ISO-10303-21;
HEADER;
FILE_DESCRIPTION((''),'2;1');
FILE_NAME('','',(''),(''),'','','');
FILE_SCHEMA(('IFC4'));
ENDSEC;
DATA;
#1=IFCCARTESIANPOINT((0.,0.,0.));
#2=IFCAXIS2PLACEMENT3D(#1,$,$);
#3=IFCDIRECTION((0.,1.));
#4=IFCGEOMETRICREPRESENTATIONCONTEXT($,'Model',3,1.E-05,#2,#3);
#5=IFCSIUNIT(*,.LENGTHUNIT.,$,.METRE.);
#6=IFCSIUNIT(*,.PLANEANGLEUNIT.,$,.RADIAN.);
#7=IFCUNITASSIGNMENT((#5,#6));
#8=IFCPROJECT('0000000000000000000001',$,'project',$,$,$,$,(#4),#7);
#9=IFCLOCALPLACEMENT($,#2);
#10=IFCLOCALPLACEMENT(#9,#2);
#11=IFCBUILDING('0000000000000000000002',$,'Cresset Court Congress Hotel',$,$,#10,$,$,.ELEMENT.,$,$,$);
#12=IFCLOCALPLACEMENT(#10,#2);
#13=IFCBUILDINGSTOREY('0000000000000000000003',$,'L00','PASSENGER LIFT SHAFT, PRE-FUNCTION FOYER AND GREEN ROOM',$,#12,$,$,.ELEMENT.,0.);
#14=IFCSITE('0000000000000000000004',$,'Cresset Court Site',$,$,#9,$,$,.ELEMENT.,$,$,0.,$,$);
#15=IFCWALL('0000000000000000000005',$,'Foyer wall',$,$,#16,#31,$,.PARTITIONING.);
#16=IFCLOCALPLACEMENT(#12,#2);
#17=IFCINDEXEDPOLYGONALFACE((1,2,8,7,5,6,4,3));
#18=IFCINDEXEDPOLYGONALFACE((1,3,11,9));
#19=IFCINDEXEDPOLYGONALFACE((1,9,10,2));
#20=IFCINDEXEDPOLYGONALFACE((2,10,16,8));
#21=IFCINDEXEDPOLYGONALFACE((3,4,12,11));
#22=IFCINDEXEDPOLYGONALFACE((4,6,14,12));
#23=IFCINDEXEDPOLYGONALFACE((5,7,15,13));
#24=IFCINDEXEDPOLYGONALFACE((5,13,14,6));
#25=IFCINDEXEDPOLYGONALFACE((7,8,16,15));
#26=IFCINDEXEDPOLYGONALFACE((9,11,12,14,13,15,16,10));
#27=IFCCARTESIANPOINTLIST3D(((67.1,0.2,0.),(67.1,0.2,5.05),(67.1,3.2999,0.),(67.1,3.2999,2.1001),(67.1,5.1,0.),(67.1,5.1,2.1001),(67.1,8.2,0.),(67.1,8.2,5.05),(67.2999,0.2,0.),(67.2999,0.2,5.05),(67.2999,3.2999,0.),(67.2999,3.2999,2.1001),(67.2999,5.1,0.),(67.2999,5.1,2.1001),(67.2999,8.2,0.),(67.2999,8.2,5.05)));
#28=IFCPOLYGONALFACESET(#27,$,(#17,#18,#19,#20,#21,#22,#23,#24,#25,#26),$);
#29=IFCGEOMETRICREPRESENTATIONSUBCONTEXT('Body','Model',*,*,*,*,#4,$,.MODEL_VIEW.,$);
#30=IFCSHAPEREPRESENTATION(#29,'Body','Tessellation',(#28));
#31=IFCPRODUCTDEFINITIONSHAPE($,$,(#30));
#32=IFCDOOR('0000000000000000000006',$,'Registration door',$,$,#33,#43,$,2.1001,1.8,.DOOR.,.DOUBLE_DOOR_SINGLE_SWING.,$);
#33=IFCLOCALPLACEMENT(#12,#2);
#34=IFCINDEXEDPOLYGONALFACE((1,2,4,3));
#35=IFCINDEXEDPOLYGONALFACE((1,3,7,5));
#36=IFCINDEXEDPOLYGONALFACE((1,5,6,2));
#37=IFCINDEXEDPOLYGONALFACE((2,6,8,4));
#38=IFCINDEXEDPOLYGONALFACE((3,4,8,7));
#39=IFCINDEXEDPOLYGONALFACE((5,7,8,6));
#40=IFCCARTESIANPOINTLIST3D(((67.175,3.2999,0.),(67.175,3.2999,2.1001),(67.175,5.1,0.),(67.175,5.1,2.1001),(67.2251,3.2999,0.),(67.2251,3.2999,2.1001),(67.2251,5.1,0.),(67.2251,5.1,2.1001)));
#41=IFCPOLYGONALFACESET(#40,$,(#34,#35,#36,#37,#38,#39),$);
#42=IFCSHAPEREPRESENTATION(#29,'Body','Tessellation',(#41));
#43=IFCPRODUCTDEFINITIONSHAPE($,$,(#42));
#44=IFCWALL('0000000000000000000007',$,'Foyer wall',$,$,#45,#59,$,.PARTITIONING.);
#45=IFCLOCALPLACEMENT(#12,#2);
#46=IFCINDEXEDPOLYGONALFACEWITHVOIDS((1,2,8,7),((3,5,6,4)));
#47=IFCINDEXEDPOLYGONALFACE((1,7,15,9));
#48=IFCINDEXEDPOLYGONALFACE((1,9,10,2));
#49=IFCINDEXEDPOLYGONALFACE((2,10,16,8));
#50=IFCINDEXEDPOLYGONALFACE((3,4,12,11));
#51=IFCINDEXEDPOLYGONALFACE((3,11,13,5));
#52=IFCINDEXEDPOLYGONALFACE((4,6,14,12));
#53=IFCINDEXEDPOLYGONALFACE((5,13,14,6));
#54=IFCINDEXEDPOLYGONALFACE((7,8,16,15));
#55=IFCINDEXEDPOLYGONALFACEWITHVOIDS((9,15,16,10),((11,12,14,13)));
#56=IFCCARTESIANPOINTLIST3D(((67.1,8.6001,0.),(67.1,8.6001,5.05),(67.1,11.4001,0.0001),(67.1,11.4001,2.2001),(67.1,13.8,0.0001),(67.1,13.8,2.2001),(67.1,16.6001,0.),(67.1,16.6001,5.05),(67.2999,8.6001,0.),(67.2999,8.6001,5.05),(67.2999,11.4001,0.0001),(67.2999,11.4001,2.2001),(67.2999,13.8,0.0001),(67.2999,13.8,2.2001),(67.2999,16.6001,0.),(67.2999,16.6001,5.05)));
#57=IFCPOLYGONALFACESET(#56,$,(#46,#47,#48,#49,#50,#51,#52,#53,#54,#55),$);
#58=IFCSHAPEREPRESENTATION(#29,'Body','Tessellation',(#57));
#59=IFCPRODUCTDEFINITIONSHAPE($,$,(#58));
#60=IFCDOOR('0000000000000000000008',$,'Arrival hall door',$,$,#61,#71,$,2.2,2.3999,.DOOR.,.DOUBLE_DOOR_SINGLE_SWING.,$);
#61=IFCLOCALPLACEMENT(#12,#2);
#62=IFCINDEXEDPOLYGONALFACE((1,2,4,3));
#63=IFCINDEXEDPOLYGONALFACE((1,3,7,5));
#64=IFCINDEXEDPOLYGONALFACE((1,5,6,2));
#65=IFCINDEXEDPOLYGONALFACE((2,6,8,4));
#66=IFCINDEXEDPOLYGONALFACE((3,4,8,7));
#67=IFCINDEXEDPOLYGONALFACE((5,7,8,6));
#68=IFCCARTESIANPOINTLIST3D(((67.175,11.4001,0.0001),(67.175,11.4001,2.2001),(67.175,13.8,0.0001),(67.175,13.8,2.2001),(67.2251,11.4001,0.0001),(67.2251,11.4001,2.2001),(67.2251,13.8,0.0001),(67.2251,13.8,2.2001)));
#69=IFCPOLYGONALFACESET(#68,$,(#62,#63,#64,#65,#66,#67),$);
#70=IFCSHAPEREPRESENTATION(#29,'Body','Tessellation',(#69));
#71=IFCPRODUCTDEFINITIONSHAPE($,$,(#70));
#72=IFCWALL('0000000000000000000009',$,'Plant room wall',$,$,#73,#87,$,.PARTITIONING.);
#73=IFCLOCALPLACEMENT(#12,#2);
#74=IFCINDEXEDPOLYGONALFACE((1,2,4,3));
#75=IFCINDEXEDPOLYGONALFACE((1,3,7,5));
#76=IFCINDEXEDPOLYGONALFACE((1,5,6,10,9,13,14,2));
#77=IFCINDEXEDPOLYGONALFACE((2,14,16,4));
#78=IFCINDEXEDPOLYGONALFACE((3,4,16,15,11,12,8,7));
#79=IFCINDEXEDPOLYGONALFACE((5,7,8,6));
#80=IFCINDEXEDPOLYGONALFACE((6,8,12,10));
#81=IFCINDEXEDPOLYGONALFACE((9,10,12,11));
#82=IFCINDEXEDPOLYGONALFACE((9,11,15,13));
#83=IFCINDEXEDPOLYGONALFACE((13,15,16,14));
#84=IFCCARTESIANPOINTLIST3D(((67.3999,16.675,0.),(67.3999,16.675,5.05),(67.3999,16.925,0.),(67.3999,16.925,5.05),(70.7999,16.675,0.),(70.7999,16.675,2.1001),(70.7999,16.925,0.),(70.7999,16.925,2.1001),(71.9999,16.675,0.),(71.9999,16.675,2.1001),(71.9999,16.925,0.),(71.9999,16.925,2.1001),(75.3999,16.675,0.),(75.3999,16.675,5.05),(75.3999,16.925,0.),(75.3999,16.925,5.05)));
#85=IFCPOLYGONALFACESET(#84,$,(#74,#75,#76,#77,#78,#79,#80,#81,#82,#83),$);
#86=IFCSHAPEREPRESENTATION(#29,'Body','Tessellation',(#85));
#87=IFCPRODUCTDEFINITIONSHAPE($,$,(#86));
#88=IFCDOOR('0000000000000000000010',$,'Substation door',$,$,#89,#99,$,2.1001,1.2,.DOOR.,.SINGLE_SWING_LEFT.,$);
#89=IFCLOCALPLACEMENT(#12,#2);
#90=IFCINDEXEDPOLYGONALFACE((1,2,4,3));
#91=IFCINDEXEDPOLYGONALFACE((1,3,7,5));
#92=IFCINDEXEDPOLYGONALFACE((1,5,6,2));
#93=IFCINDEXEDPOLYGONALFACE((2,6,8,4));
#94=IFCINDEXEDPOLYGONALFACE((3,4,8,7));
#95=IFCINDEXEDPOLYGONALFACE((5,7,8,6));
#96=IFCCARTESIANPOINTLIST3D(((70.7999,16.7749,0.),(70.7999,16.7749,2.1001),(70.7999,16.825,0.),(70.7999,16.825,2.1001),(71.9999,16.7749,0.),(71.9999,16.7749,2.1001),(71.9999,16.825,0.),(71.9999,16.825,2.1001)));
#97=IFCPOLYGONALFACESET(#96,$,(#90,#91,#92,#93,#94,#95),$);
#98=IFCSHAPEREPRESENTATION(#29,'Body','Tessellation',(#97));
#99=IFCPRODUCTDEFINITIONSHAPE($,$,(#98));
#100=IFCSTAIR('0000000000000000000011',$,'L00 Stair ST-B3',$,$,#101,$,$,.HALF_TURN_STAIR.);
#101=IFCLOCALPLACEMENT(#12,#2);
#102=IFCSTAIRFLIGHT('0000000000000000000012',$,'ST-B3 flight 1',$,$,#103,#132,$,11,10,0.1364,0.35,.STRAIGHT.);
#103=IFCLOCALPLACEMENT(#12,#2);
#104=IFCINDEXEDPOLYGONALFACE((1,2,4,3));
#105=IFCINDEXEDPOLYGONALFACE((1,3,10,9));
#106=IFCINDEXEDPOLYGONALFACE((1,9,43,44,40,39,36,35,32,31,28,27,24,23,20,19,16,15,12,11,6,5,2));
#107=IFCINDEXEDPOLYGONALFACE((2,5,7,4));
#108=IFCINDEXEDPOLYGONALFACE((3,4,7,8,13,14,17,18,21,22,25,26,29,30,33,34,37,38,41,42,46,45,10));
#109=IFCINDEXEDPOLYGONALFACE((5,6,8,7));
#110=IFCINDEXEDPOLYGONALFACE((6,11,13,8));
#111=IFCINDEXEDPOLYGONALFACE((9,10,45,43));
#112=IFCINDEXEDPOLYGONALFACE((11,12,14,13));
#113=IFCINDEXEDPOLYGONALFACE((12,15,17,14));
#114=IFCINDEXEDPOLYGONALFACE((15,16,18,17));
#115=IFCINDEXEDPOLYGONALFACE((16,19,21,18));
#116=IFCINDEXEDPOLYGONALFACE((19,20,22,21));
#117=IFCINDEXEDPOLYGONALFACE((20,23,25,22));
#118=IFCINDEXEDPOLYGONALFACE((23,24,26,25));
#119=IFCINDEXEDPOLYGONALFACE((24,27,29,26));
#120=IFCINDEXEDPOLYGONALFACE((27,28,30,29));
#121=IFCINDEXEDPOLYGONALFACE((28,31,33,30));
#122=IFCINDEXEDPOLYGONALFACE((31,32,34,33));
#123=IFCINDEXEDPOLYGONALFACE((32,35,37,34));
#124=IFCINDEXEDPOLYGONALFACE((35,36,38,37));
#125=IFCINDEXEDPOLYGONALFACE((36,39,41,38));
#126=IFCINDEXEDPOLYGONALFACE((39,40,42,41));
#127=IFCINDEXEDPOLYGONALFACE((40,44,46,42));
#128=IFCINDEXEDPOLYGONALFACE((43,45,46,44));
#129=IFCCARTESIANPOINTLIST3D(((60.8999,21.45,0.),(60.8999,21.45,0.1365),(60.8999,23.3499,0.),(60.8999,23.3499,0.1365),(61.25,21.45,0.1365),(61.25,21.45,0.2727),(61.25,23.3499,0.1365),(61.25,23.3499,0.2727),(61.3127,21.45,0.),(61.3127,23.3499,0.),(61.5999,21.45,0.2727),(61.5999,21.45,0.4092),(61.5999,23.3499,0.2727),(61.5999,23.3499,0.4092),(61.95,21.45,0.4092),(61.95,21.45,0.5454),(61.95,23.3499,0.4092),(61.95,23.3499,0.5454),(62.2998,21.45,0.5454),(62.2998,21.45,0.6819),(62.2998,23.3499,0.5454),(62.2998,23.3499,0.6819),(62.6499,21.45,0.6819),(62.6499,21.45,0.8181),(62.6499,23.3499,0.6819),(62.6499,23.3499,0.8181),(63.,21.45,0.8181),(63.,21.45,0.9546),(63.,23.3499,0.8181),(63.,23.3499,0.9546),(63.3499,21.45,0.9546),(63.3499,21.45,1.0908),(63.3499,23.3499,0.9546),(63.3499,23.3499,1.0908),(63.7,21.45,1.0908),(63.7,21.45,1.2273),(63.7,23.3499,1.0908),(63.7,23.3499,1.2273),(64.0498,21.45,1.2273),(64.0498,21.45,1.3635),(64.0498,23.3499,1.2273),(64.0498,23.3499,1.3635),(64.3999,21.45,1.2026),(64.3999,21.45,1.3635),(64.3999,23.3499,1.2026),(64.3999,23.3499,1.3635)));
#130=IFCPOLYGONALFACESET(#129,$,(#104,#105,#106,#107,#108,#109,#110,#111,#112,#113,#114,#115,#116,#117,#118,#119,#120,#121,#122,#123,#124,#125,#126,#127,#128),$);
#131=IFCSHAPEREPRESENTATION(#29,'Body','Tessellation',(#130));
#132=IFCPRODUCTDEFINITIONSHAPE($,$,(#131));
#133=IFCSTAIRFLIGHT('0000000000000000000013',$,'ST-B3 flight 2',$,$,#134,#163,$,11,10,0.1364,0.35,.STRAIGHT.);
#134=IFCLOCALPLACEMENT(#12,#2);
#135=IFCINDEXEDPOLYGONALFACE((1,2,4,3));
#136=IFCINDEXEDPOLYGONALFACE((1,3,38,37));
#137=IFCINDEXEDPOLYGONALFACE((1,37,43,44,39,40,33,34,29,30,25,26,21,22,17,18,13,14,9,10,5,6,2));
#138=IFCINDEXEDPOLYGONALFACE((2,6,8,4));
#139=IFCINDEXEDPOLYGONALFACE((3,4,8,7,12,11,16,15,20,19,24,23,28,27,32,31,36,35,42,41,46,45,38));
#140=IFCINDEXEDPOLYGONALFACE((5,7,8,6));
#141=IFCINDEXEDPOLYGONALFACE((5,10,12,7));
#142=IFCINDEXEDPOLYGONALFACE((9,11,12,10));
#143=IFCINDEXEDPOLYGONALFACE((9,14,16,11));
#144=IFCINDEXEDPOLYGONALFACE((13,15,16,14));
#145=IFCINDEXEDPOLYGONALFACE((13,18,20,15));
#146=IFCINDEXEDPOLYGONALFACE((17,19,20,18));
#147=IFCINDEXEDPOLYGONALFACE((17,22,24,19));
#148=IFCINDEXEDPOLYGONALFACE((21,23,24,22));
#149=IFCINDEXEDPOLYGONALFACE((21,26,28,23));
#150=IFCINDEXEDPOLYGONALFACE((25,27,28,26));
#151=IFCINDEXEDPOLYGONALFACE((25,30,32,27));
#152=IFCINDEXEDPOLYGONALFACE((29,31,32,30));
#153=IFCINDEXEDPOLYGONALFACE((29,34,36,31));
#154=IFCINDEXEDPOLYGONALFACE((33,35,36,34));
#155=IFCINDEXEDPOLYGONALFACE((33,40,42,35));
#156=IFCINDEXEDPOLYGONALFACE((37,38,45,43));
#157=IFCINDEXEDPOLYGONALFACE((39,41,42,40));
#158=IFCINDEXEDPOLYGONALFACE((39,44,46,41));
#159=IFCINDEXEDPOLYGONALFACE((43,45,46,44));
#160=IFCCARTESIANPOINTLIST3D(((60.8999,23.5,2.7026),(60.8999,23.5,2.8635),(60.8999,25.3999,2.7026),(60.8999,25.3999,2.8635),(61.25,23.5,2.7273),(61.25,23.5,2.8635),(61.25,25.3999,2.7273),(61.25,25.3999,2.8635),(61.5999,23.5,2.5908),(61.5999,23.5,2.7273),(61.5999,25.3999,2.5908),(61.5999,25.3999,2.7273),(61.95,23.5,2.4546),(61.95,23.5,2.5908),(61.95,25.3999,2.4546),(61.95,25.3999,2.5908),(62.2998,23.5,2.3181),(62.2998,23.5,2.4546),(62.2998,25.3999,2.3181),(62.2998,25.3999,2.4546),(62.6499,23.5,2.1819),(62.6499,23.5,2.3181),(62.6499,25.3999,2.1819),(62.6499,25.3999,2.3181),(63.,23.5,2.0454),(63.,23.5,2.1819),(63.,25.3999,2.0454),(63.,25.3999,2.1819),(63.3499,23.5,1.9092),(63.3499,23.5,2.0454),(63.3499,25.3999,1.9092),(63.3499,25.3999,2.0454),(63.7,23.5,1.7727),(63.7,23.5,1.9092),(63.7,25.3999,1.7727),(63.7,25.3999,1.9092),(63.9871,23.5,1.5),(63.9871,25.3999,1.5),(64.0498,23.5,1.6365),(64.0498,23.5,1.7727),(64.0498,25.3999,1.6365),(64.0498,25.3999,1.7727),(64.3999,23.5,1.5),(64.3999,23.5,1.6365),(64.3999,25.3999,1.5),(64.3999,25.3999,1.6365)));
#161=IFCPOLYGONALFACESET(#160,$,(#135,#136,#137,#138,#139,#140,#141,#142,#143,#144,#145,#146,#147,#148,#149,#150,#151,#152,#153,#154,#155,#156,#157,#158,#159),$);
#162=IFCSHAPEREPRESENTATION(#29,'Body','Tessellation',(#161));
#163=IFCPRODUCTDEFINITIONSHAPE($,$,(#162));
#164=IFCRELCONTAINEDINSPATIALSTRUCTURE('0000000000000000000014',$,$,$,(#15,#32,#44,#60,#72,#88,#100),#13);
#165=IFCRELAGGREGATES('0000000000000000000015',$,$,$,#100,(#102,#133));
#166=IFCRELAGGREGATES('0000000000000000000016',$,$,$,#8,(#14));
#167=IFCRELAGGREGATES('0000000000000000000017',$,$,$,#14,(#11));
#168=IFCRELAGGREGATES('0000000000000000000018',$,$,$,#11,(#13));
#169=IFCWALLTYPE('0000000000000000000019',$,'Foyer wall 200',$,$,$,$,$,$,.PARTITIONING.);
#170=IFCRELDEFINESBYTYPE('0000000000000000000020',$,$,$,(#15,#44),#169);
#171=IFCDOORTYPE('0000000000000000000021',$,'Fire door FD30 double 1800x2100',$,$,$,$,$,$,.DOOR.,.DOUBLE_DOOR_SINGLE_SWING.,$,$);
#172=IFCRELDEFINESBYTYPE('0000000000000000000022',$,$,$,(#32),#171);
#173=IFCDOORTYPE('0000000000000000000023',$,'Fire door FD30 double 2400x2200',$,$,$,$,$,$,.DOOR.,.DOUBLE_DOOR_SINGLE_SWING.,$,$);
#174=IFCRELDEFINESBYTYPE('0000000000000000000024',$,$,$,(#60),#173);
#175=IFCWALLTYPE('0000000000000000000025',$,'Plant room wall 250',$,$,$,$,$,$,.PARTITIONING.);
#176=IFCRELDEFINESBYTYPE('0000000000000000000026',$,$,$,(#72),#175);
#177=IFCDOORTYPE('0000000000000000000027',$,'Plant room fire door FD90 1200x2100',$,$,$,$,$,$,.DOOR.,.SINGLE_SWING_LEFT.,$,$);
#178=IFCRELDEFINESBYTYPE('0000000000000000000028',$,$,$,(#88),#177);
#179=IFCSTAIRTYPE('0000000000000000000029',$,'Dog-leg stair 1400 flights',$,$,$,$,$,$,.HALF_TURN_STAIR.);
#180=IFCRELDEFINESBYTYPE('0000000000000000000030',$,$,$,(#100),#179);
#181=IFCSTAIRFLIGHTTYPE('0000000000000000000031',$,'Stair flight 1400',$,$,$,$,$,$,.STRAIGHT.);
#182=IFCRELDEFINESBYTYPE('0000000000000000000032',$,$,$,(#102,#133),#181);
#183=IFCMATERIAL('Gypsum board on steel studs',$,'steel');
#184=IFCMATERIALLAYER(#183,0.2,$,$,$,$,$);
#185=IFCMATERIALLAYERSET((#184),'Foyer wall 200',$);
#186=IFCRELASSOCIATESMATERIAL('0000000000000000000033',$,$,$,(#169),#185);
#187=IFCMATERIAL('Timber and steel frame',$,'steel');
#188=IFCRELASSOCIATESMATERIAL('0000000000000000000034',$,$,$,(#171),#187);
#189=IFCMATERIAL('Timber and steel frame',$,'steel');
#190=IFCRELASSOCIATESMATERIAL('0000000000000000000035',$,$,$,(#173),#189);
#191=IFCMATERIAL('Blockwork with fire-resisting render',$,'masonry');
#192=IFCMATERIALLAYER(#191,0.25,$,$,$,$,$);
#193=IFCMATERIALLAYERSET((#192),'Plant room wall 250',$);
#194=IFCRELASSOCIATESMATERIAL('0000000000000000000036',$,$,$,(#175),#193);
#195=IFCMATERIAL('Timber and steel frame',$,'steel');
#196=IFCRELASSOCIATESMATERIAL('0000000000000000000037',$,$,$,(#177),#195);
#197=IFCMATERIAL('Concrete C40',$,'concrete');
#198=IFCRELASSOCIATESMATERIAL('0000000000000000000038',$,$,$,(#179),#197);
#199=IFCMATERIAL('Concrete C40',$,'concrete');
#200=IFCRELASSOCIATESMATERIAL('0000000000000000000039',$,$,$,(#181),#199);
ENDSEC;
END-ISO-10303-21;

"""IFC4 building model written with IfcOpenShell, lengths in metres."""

from ifc_helpers import new_model, si_unit, direction, frame, frame_2d, origin, place, context, subcontext, project, spatial, polyline, rectangle, outline, extrude, material, layer, layer_set, type_object, element, fill, aggregate, save


model = new_model("IFC4")

# Units and contexts
model_context = context("Model", 3, precision=1e-05, world=origin(), true_north=direction((0.0, 1.0)))
body_context = subcontext(model_context, "Body", "Model", "MODEL_VIEW")
ifc_project = project(units=[si_unit("LENGTHUNIT", "METRE"), si_unit("PLANEANGLEUNIT", "RADIAN")], contexts=[model_context])

# Site, building, storey
site_placement = place(None, origin())
site = spatial("IfcSite", under=ifc_project, at=site_placement, Name="Cresset Court Site", CompositionType="ELEMENT", RefElevation=0.0)
building_placement = place(site_placement, origin())
building = spatial("IfcBuilding", under=site, at=building_placement, Name="Cresset Court Congress Hotel", CompositionType="ELEMENT")
storey_placement = place(building_placement, origin())
storey = spatial("IfcBuildingStorey", under=building, at=storey_placement, Name="L00", Description="PASSENGER LIFT SHAFT, PRE-FUNCTION FOYER AND GREEN ROOM", CompositionType="ELEMENT", Elevation=0.0)

# Shared definitions
ifc_material_1 = material(Name="Gypsum board on steel studs", Category="steel")
ifc_layer_1 = layer(ifc_material_1, 0.2)
ifc_layer_set_1 = layer_set([ifc_layer_1], Name="Foyer wall 200")
wall_type_1 = type_object("IfcWallType", Name="Foyer wall 200", PredefinedType="PARTITIONING", material=ifc_layer_set_1)

# Walls, openings, doors
wall_1_placement = place(storey_placement, frame((67.2, 0.2, 0.0), z_axis=(0.0, 0.0, 1.0), x_axis=(0.0, 1.0, 0.0)))
wall_1 = element("IfcWall", 1, at=wall_1_placement, inside=storey, type_object=wall_type_1, Name="Foyer wall", PredefinedType="PARTITIONING", context=body_context, shape_type="SweptSolid", body=[
    extrude(rectangle(XDim=8.0, YDim=0.2, at=frame_2d((4.0, 0.0))), origin(), (0.0, 0.0, 1.0), 5.05),
])
opening_1_placement = place(wall_1_placement, frame((3.1001, 0.0, 0.0)))
opening_1 = element("IfcOpeningElement", 2, at=opening_1_placement, cuts=wall_1, PredefinedType="OPENING", context=body_context, shape_type="SweptSolid", body=[
    extrude(rectangle(XDim=1.8, YDim=2.1001, at=frame_2d((0.8999, 1.05))), frame((0.0, 0.1099, 0.0), z_axis=(0.0, -1.0, 0.0), x_axis=(1.0, 0.0, 0.0)), (0.0, 0.0, 1.0), 0.22),
])
ifc_material_2 = material(Name="Timber and steel frame", Category="steel")
door_type_1 = type_object("IfcDoorType", Name="Fire door FD30 double 1800x2100", OperationType="DOUBLE_DOOR_SINGLE_SWING", PredefinedType="DOOR", material=ifc_material_2)
door_1_placement = place(opening_1_placement, origin())
door_1 = element("IfcDoor", 3, at=door_1_placement, inside=storey, type_object=door_type_1, Name="Registration door", OperationType="DOUBLE_DOOR_SINGLE_SWING", OverallHeight=2.1001, OverallWidth=1.8, PredefinedType="DOOR", context=body_context, shape_type="SweptSolid", body=[
    extrude(rectangle(XDim=1.8, YDim=2.1001, at=frame_2d((0.8999, 1.05))), frame((0.0, 0.0249, 0.0), z_axis=(0.0, -1.0, 0.0), x_axis=(1.0, 0.0, 0.0)), (0.0, 0.0, 1.0), 0.05),
])
fill(opening_1, door_1)
wall_2_placement = place(storey_placement, frame((67.2, 8.6001, 0.0), z_axis=(0.0, 0.0, 1.0), x_axis=(0.0, 1.0, 0.0)))
wall_2 = element("IfcWall", 4, at=wall_2_placement, inside=storey, type_object=wall_type_1, Name="Foyer wall", PredefinedType="PARTITIONING", context=body_context, shape_type="SweptSolid", body=[
    extrude(rectangle(XDim=8.0, YDim=0.2, at=frame_2d((4.0, 0.0))), origin(), (0.0, 0.0, 1.0), 5.05),
])
opening_2_placement = place(wall_2_placement, frame((2.8, 0.0, 0.0)))
opening_2 = element("IfcOpeningElement", 5, at=opening_2_placement, cuts=wall_2, PredefinedType="OPENING", context=body_context, shape_type="SweptSolid", body=[
    extrude(rectangle(XDim=2.3999, YDim=2.2, at=frame_2d((1.2, 1.1001))), frame((0.0, 0.1099, 0.0), z_axis=(0.0, -1.0, 0.0), x_axis=(1.0, 0.0, 0.0)), (0.0, 0.0, 1.0), 0.22),
])
ifc_material_3 = material(Name="Timber and steel frame", Category="steel")
door_type_2 = type_object("IfcDoorType", Name="Fire door FD30 double 2400x2200", OperationType="DOUBLE_DOOR_SINGLE_SWING", PredefinedType="DOOR", material=ifc_material_3)
door_2_placement = place(opening_2_placement, origin())
door_2 = element("IfcDoor", 6, at=door_2_placement, inside=storey, type_object=door_type_2, Name="Arrival hall door", OperationType="DOUBLE_DOOR_SINGLE_SWING", OverallHeight=2.2, OverallWidth=2.3999, PredefinedType="DOOR", context=body_context, shape_type="SweptSolid", body=[
    extrude(rectangle(XDim=2.3999, YDim=2.2, at=frame_2d((1.2, 1.1001))), frame((0.0, 0.0249, 0.0), z_axis=(0.0, -1.0, 0.0), x_axis=(1.0, 0.0, 0.0)), (0.0, 0.0, 1.0), 0.05),
])
fill(opening_2, door_2)
ifc_material_4 = material(Name="Blockwork with fire-resisting render", Category="masonry")
ifc_layer_2 = layer(ifc_material_4, 0.25)
ifc_layer_set_2 = layer_set([ifc_layer_2], Name="Plant room wall 250")
wall_type_2 = type_object("IfcWallType", Name="Plant room wall 250", PredefinedType="PARTITIONING", material=ifc_layer_set_2)
wall_3_placement = place(storey_placement, frame((67.3999, 16.8, 0.0), z_axis=(0.0, 0.0, 1.0), x_axis=(1.0, 0.0, 0.0)))
wall_3 = element("IfcWall", 7, at=wall_3_placement, inside=storey, type_object=wall_type_2, Name="Plant room wall", PredefinedType="PARTITIONING", context=body_context, shape_type="SweptSolid", body=[
    extrude(rectangle(XDim=8.0, YDim=0.25, at=frame_2d((4.0, 0.0))), origin(), (0.0, 0.0, 1.0), 5.05),
])
opening_3_placement = place(wall_3_placement, frame((3.3999, 0.0, 0.0)))
opening_3 = element("IfcOpeningElement", 8, at=opening_3_placement, cuts=wall_3, PredefinedType="OPENING", context=body_context, shape_type="SweptSolid", body=[
    extrude(rectangle(XDim=1.2, YDim=2.1001, at=frame_2d((0.6001, 1.05))), frame((0.0, 0.135, 0.0), z_axis=(0.0, -1.0, 0.0), x_axis=(1.0, 0.0, 0.0)), (0.0, 0.0, 1.0), 0.27),
])
ifc_material_5 = material(Name="Timber and steel frame", Category="steel")
door_type_3 = type_object("IfcDoorType", Name="Plant room fire door FD90 1200x2100", OperationType="SINGLE_SWING_LEFT", PredefinedType="DOOR", material=ifc_material_5)
door_3_placement = place(opening_3_placement, origin())
door_3 = element("IfcDoor", 9, at=door_3_placement, inside=storey, type_object=door_type_3, Name="Substation door", OperationType="SINGLE_SWING_LEFT", OverallHeight=2.1001, OverallWidth=1.2, PredefinedType="DOOR", context=body_context, shape_type="SweptSolid", body=[
    extrude(rectangle(XDim=1.2, YDim=2.1001, at=frame_2d((0.6001, 1.05))), frame((0.0, 0.0249, 0.0), z_axis=(0.0, -1.0, 0.0), x_axis=(1.0, 0.0, 0.0)), (0.0, 0.0, 1.0), 0.05),
])
fill(opening_3, door_3)

# Stair, stair flights
ifc_material_6 = material(Name="Concrete C40", Category="concrete")
stair_type = type_object("IfcStairType", Name="Dog-leg stair 1400 flights", PredefinedType="HALF_TURN_STAIR", material=ifc_material_6)
stair_placement = place(storey_placement, origin())
stair = element("IfcStair", 10, at=stair_placement, inside=storey, type_object=stair_type, Name="L00 Stair ST-B3", PredefinedType="HALF_TURN_STAIR")
ifc_material_7 = material(Name="Concrete C40", Category="concrete")
stair_flight_type = type_object("IfcStairFlightType", Name="Stair flight 1400", PredefinedType="STRAIGHT", material=ifc_material_7)
stair_flight_1_placement = place(storey_placement, frame((60.8999, 22.3999, 0.0), z_axis=(0.0, 0.0, 1.0), x_axis=(1.0, 0.0, 0.0)))
stair_flight_1 = element("IfcStairFlight", 11, at=stair_flight_1_placement, type_object=stair_flight_type, Name="ST-B3 flight 1", NumberOfRisers=11, NumberOfTreads=10, PredefinedType="STRAIGHT", RiserHeight=0.1364, TreadLength=0.35, context=body_context, shape_type="SweptSolid", body=[
    extrude(outline(polyline([(0.0, 0.0), (0.0, 0.1365), (0.3501, 0.1365), (0.3501, 0.2727), (0.7, 0.2727), (0.7, 0.4092), (1.05, 0.4092), (1.05, 0.5454), (1.3999, 0.5454), (1.3999, 0.6819), (1.75, 0.6819), (1.75, 0.8181), (2.1001, 0.8181), (2.1001, 0.9546), (2.45, 0.9546), (2.45, 1.0908), (2.8, 1.0908), (2.8, 1.2273), (3.1499, 1.2273), (3.1499, 1.3635), (3.5, 1.3635), (3.5, 1.5), (3.5, 1.2026), (0.4128, 0.0), (0.0, 0.0)])), frame((0.0, 0.95, 0.0), z_axis=(0.0, -1.0, 0.0), x_axis=(1.0, 0.0, 0.0)), (0.0, 0.0, 1.0), 1.8999),
])
stair_flight_2_placement = place(storey_placement, frame((64.3999, 24.45, 1.5), z_axis=(0.0, 0.0, 1.0), x_axis=(-1.0, 0.0, 0.0)))
stair_flight_2 = element("IfcStairFlight", 12, at=stair_flight_2_placement, type_object=stair_flight_type, Name="ST-B3 flight 2", NumberOfRisers=11, NumberOfTreads=10, PredefinedType="STRAIGHT", RiserHeight=0.1364, TreadLength=0.35, context=body_context, shape_type="SweptSolid", body=[
    extrude(outline(polyline([(0.0, 0.0), (0.0, 0.1365), (0.3501, 0.1365), (0.3501, 0.2727), (0.7, 0.2727), (0.7, 0.4092), (1.05, 0.4092), (1.05, 0.5454), (1.3999, 0.5454), (1.3999, 0.6819), (1.75, 0.6819), (1.75, 0.8181), (2.1001, 0.8181), (2.1001, 0.9546), (2.45, 0.9546), (2.45, 1.0908), (2.8, 1.0908), (2.8, 1.2273), (3.1499, 1.2273), (3.1499, 1.3635), (3.5, 1.3635), (3.5, 1.5), (3.5, 1.2026), (0.4128, 0.0), (0.0, 0.0)])), frame((0.0, 0.95, 0.0), z_axis=(0.0, -1.0, 0.0), x_axis=(1.0, 0.0, 0.0)), (0.0, 0.0, 1.0), 1.8999),
])
aggregate(stair, [stair_flight_1, stair_flight_2])

save(model, "model.ifc")
